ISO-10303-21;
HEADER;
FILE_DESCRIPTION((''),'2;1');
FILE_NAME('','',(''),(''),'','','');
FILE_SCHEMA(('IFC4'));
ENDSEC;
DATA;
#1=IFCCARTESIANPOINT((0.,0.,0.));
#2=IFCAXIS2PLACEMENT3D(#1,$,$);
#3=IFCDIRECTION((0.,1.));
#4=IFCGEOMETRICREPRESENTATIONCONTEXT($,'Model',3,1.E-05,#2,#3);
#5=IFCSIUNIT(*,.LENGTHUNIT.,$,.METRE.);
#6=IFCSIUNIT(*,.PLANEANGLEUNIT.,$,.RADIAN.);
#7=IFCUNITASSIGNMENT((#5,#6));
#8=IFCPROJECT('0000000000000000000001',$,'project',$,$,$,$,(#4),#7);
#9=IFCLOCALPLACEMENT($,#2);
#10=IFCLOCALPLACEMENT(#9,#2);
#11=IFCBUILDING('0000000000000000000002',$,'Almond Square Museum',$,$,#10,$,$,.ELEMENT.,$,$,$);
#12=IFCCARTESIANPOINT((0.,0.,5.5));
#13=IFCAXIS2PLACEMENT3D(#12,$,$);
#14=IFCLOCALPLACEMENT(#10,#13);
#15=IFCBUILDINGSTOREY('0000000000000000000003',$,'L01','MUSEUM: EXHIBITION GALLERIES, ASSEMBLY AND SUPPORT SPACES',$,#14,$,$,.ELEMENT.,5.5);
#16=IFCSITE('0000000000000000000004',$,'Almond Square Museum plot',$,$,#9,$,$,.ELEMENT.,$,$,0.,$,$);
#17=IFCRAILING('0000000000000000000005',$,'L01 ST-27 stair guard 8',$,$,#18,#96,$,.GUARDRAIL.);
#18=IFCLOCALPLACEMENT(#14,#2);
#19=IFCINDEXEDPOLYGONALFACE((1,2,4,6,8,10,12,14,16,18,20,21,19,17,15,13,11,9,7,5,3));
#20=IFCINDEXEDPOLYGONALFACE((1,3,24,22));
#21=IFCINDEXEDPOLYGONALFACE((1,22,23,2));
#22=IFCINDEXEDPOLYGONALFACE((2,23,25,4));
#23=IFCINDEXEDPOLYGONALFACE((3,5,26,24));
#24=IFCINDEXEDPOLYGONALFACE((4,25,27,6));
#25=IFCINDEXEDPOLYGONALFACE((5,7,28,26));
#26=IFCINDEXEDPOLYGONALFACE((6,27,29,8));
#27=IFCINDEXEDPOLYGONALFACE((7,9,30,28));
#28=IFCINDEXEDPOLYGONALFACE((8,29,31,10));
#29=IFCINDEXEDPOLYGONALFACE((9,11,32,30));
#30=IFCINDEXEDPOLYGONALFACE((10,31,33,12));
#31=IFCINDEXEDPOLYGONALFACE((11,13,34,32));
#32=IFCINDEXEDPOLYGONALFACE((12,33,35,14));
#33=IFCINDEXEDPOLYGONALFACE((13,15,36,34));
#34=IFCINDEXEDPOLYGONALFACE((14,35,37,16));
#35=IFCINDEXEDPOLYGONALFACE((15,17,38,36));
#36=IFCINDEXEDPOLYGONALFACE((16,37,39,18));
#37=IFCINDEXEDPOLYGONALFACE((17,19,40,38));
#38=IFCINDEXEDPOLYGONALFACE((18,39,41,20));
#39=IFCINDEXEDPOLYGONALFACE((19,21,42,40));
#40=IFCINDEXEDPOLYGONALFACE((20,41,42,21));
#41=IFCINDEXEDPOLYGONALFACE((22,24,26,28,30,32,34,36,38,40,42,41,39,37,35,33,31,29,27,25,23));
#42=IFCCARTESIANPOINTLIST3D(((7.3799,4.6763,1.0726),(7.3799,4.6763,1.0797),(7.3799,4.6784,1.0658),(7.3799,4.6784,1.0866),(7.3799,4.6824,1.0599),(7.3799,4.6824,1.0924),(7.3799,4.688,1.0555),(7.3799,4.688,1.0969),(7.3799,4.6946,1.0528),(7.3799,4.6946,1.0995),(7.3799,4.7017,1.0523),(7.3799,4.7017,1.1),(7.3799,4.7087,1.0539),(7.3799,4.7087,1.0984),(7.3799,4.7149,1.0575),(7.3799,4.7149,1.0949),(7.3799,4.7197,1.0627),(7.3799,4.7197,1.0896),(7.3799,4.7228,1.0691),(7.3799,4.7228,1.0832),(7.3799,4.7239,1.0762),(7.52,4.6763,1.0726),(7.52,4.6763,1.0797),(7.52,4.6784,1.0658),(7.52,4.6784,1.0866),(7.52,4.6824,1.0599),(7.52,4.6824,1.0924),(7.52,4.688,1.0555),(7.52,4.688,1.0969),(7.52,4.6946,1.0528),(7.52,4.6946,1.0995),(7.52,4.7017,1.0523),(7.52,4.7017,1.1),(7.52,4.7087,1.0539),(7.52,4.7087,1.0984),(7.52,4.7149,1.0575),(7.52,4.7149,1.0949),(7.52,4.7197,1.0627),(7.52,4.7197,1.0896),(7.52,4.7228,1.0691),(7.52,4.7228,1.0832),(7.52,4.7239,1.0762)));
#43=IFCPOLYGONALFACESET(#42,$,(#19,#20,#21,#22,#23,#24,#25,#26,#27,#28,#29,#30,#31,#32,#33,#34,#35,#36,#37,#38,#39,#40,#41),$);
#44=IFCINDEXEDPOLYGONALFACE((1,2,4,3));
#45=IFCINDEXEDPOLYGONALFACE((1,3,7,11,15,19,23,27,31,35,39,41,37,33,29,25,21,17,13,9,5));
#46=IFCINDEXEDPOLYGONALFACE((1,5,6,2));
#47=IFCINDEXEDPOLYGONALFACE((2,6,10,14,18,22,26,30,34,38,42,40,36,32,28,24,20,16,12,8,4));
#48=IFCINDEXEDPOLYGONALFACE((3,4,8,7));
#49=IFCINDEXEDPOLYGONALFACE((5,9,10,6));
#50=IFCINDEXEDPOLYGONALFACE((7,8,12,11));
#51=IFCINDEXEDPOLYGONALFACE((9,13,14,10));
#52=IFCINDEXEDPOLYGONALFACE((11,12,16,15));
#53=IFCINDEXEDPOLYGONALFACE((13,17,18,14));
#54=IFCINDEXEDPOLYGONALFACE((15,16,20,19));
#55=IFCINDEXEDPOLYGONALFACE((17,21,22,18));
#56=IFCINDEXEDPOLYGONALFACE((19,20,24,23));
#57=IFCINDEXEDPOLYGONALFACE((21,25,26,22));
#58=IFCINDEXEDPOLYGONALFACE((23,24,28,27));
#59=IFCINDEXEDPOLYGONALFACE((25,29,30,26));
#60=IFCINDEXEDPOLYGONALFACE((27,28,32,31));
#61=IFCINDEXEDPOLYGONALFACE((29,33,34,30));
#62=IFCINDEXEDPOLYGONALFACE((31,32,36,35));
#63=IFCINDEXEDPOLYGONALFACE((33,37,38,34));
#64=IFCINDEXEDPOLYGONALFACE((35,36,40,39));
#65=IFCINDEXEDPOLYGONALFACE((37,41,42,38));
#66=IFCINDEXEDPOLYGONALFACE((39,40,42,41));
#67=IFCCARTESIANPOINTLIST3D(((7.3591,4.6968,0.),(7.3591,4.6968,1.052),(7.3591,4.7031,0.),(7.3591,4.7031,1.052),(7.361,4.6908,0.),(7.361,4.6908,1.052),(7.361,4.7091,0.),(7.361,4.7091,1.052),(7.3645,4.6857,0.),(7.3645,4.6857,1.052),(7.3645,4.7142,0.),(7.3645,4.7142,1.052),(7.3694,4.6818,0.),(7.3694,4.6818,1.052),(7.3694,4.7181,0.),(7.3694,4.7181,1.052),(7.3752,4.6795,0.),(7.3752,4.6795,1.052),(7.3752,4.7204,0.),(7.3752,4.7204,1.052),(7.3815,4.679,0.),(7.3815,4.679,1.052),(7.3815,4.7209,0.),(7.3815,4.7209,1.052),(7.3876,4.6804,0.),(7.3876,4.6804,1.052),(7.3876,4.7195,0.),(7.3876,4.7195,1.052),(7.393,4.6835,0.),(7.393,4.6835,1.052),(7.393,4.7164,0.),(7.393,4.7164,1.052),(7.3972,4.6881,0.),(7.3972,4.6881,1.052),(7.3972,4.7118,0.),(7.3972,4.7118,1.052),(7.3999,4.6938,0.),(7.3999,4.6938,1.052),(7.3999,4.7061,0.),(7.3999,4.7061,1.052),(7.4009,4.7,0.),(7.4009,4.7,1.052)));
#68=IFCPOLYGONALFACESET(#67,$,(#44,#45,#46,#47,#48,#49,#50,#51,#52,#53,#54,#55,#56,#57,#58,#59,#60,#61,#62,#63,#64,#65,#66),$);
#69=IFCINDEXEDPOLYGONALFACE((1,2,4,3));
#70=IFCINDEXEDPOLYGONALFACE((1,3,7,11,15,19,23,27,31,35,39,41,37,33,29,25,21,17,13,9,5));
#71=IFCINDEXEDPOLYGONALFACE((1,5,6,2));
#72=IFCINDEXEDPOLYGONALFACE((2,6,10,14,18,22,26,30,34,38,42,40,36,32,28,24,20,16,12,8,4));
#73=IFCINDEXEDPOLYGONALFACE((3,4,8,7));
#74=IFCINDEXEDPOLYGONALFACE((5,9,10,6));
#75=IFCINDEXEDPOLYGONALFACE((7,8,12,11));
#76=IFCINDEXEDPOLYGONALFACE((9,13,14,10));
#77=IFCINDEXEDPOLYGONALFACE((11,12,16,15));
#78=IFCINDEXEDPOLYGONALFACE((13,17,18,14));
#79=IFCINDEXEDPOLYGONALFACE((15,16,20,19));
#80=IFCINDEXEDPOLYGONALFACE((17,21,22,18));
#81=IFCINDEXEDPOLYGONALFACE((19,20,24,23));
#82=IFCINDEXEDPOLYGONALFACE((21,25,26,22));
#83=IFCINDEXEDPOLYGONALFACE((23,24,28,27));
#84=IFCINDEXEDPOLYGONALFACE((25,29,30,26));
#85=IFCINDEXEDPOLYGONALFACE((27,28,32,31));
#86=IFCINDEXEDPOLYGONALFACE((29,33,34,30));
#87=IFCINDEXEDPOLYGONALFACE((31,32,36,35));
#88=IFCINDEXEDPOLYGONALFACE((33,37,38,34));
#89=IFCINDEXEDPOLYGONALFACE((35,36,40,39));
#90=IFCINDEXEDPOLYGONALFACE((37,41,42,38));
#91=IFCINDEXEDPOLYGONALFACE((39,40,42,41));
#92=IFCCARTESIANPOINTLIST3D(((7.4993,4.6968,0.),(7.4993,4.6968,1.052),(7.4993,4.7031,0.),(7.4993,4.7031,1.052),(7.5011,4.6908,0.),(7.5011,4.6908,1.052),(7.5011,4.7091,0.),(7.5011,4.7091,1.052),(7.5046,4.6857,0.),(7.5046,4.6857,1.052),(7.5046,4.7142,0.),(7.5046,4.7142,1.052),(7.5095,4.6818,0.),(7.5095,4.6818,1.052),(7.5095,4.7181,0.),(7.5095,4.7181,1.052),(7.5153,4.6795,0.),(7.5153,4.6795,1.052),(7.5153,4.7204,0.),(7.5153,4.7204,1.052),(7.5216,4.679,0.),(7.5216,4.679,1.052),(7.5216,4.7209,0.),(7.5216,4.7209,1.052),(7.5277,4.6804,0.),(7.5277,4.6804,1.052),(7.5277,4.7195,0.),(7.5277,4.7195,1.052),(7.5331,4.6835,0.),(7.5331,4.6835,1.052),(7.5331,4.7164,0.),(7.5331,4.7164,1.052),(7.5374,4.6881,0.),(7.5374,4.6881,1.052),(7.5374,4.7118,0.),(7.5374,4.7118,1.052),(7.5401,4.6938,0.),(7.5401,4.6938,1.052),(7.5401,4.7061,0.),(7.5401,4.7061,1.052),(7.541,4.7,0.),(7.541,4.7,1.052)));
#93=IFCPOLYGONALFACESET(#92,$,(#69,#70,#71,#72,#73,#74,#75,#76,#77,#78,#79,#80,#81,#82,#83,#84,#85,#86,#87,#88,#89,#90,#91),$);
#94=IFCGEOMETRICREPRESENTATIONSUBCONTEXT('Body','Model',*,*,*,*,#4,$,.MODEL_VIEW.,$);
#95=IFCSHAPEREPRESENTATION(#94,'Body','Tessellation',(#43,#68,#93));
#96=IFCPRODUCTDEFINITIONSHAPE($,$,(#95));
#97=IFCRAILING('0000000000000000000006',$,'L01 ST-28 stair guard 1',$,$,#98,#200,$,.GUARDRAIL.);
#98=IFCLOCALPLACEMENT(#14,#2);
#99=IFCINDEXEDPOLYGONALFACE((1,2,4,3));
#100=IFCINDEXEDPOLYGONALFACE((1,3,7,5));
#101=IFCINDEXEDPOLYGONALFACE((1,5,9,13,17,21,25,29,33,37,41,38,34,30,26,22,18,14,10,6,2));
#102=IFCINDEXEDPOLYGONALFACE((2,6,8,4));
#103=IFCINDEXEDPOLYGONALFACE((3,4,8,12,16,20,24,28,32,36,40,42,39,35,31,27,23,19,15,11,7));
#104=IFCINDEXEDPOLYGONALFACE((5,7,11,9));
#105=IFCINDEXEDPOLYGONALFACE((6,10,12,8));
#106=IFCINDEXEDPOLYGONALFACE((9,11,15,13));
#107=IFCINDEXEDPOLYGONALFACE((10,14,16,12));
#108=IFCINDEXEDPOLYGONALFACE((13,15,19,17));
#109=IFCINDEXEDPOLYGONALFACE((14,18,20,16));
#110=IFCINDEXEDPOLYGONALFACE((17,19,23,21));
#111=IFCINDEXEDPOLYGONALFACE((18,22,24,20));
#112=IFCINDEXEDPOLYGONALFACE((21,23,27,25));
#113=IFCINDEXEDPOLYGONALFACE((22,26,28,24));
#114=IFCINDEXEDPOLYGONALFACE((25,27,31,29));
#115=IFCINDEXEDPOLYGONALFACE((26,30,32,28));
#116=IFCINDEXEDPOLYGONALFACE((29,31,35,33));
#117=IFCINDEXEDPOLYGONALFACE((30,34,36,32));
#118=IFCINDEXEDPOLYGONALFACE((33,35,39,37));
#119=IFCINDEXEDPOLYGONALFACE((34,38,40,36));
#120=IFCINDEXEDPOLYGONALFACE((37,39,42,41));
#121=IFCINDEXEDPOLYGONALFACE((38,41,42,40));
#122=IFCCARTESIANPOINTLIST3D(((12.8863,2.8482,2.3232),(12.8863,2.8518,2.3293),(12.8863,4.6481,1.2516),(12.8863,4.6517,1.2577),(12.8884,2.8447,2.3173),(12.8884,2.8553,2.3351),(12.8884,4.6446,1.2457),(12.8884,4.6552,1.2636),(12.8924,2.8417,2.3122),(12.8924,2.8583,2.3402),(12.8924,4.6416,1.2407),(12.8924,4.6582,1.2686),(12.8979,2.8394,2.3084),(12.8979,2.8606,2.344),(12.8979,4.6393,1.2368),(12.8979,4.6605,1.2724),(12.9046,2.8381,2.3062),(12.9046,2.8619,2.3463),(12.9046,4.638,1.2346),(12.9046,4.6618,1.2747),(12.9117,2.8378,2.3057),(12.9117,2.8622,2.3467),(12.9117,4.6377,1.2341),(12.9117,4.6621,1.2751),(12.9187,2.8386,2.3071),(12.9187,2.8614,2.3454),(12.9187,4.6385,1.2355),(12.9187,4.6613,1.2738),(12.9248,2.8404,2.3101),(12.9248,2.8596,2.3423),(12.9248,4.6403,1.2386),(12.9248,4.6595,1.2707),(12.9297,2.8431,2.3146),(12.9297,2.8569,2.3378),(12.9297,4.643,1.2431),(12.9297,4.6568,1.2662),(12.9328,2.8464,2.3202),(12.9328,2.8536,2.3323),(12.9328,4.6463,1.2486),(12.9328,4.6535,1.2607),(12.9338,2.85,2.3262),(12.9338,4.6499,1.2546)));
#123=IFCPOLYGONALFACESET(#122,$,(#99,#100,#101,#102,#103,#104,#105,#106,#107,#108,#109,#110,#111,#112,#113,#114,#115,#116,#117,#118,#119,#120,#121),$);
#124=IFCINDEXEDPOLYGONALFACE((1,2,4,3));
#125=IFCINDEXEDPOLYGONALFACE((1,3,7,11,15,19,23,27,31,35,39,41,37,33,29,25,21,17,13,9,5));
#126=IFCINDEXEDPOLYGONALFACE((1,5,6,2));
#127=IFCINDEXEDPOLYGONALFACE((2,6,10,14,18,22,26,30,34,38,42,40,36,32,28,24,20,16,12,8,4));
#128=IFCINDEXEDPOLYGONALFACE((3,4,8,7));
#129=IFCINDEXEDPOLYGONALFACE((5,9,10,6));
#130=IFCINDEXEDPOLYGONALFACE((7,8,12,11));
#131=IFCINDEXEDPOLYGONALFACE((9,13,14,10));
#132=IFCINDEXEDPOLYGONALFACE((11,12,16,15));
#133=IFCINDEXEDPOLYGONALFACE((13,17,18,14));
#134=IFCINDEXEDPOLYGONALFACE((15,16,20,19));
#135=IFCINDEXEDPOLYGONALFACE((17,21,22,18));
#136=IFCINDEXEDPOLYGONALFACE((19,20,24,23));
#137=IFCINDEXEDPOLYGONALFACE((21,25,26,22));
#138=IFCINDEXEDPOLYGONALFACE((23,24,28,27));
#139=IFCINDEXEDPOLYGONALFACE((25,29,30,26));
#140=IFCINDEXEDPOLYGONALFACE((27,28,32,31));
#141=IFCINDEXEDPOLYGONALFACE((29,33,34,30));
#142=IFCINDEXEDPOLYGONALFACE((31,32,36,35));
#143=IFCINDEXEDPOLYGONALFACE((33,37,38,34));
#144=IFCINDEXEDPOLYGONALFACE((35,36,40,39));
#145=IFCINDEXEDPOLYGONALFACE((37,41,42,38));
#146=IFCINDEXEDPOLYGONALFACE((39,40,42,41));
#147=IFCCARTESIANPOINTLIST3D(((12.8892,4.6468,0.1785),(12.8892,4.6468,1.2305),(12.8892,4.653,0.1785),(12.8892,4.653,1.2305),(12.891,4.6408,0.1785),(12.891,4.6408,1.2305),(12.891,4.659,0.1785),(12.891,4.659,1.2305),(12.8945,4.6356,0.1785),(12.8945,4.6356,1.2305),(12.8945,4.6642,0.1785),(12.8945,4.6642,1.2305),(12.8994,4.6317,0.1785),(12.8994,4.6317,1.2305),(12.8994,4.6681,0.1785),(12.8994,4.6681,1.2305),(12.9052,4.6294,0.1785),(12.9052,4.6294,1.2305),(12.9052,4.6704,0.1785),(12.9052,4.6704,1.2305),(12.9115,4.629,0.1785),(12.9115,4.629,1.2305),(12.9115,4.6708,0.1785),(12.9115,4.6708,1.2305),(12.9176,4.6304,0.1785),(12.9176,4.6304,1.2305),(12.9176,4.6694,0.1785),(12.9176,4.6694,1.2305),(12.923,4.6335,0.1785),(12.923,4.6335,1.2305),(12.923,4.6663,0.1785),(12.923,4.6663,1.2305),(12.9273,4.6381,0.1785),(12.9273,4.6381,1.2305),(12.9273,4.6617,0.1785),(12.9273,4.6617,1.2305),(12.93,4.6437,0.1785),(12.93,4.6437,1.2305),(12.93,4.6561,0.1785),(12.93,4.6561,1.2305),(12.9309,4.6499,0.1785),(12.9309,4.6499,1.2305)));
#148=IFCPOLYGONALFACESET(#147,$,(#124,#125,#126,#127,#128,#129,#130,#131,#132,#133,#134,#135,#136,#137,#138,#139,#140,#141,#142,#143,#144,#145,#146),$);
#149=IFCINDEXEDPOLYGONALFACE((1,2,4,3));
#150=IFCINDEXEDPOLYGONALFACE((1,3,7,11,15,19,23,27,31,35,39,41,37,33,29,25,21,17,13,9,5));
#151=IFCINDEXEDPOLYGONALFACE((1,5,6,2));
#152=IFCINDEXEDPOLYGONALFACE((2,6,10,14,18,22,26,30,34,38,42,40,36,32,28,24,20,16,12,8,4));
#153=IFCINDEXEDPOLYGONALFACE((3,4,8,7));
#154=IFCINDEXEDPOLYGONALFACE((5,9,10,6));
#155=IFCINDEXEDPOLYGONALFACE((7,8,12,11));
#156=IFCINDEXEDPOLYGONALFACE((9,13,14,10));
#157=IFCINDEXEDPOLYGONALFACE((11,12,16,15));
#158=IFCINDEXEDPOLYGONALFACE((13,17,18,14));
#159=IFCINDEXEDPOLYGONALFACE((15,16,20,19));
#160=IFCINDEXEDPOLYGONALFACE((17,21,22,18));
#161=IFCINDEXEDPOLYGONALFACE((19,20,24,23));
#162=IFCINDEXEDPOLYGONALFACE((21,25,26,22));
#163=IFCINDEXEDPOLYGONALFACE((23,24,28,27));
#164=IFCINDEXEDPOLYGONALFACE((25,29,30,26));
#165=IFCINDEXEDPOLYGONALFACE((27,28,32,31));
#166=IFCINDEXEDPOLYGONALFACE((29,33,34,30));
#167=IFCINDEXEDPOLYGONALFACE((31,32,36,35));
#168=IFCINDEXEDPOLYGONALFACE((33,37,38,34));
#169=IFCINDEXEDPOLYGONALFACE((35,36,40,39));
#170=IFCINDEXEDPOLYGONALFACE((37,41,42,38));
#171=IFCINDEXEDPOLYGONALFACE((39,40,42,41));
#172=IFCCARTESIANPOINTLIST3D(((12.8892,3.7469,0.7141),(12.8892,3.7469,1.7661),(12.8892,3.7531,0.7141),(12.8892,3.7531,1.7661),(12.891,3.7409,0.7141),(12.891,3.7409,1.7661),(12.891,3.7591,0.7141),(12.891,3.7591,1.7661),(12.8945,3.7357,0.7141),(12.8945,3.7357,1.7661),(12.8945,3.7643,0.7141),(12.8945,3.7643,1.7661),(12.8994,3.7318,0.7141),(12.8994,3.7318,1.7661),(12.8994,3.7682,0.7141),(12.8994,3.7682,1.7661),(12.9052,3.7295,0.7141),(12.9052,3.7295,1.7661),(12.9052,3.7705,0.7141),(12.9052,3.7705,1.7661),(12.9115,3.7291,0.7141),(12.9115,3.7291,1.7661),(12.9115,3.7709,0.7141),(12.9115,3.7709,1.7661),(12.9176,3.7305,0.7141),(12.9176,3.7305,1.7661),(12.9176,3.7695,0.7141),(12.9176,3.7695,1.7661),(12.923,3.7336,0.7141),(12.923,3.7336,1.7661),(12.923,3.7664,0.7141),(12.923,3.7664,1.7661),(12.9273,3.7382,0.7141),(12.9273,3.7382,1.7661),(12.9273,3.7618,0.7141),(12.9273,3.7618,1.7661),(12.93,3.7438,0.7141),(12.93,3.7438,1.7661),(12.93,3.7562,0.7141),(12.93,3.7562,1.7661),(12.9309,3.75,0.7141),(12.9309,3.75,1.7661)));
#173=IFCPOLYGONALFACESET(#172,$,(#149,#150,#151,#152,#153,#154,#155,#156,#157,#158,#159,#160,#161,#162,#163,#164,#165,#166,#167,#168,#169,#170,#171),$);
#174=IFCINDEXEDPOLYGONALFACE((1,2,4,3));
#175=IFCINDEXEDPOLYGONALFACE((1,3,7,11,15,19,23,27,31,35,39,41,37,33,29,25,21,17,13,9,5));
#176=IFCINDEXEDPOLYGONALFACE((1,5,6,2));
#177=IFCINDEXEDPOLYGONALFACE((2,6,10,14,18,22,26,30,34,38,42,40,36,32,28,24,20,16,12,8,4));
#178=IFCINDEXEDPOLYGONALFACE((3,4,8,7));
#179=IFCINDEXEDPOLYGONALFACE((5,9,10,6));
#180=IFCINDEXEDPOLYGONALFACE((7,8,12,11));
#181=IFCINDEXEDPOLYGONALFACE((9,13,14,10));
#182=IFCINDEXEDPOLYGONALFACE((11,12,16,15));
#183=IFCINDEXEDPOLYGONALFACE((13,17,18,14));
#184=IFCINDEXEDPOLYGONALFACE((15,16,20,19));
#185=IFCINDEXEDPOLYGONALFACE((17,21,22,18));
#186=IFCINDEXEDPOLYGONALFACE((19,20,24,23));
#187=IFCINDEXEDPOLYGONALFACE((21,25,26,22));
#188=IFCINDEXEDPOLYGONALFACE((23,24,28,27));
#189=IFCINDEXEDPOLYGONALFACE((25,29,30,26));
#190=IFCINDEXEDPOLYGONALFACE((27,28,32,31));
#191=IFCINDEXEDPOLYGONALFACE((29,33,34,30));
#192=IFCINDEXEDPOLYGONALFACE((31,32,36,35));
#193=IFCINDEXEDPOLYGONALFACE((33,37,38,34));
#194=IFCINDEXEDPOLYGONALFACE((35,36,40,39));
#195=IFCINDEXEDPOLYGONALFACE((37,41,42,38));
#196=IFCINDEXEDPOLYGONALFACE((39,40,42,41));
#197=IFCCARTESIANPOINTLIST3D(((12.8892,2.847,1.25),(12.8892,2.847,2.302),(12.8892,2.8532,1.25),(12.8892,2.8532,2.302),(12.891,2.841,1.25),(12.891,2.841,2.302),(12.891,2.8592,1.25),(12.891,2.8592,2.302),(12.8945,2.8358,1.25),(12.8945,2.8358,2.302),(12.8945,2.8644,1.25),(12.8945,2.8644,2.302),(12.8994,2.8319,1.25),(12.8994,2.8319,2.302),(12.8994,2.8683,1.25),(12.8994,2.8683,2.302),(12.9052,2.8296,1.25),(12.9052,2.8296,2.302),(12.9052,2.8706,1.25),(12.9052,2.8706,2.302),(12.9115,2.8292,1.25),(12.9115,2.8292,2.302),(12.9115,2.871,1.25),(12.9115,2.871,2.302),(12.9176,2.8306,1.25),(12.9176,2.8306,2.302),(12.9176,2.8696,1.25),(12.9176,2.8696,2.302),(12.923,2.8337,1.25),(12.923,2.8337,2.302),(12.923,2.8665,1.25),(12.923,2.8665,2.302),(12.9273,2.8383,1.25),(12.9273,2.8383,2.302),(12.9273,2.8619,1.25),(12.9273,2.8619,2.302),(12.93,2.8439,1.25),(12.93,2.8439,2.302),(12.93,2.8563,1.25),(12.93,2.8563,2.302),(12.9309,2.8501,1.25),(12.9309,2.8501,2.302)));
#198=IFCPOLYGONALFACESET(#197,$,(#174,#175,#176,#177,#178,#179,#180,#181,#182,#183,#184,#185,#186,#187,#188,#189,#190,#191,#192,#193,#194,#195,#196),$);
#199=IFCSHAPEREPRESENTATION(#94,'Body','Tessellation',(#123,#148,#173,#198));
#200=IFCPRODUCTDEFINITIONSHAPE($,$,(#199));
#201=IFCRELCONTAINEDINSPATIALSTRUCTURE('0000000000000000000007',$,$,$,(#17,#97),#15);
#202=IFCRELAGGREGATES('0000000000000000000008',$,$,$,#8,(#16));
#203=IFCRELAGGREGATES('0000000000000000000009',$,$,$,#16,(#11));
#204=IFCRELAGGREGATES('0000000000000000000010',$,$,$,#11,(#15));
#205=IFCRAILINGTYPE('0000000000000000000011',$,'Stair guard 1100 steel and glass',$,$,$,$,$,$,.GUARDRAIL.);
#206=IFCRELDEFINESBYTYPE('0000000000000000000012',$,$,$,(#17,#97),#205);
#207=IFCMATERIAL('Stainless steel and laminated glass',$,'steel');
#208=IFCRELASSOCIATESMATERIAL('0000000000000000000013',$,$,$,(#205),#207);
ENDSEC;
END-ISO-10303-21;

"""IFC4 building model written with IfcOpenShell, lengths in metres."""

from ifc_helpers import new_model, si_unit, direction, frame, origin, origin_2d, place, context, subcontext, project, spatial, circle, extrude, material, type_object, element, save


model = new_model("IFC4")

# Units and contexts
model_context = context("Model", 3, precision=1e-05, world=origin(), true_north=direction((0.0, 1.0)))
body_context = subcontext(model_context, "Body", "Model", "MODEL_VIEW")
ifc_project = project(units=[si_unit("LENGTHUNIT", "METRE"), si_unit("PLANEANGLEUNIT", "RADIAN")], contexts=[model_context])

# Site, building, storey
site_placement = place(None, origin())
site = spatial("IfcSite", under=ifc_project, at=site_placement, Name="Almond Square Museum plot", CompositionType="ELEMENT", RefElevation=0.0)
building_placement = place(site_placement, origin())
building = spatial("IfcBuilding", under=site, at=building_placement, Name="Almond Square Museum", CompositionType="ELEMENT")
storey_placement = place(building_placement, frame((0.0, 0.0, 5.5)))
storey = spatial("IfcBuildingStorey", under=building, at=storey_placement, Name="L01", Description="MUSEUM: EXHIBITION GALLERIES, ASSEMBLY AND SUPPORT SPACES", CompositionType="ELEMENT", Elevation=5.5)

# Railings
ifc_material_1 = material(Name="Stainless steel and laminated glass", Category="steel")
railing_type_1 = type_object("IfcRailingType", Name="Stair guard 1100 steel and glass", PredefinedType="GUARDRAIL", material=ifc_material_1)
railing_1_placement = place(storey_placement, frame((7.3799, 4.7, 0.0)))
element("IfcRailing", 1, at=railing_1_placement, inside=storey, type_object=railing_type_1, Name="L01 ST-27 stair guard 8", PredefinedType="GUARDRAIL", context=body_context, shape_type="SweptSolid", body=[
    extrude(circle(Radius=0.0239, at=origin_2d()), frame((0.0, 0.0, 1.0762), z_axis=(1.0, 0.0, 0.0), x_axis=(0.0, 1.0, 0.0)), (0.0, 0.0, 1.0), 0.1401),
    extrude(circle(Radius=0.021, at=origin_2d()), origin(), (0.0, 0.0, 1.0), 1.052),
    extrude(circle(Radius=0.021, at=origin_2d()), frame((0.1401, 0.0, 0.0)), (0.0, 0.0, 1.0), 1.052),
])
railing_2_placement = place(storey_placement, frame((12.9099, 4.6499, 0.1785)))
element("IfcRailing", 2, at=railing_2_placement, inside=storey, type_object=railing_type_1, Name="L01 ST-28 stair guard 1", PredefinedType="GUARDRAIL", context=body_context, shape_type="SweptSolid", body=[
    extrude(circle(Radius=0.0239, at=origin_2d()), frame((0.0, 0.0, 1.0762), z_axis=(0.0, -0.859247, 0.511562), x_axis=(1.0, 0.0, 0.0)), (0.0, 0.0, 1.0), 2.0947),
    extrude(circle(Radius=0.021, at=origin_2d()), origin(), (0.0, 0.0, 1.0), 1.052),
    extrude(circle(Radius=0.021, at=origin_2d()), frame((0.0, -0.8999, 0.5356)), (0.0, 0.0, 1.0), 1.052),
    extrude(circle(Radius=0.021, at=origin_2d()), frame((0.0, -1.7998, 1.0715)), (0.0, 0.0, 1.0), 1.052),
])

save(model, "model.ifc")
